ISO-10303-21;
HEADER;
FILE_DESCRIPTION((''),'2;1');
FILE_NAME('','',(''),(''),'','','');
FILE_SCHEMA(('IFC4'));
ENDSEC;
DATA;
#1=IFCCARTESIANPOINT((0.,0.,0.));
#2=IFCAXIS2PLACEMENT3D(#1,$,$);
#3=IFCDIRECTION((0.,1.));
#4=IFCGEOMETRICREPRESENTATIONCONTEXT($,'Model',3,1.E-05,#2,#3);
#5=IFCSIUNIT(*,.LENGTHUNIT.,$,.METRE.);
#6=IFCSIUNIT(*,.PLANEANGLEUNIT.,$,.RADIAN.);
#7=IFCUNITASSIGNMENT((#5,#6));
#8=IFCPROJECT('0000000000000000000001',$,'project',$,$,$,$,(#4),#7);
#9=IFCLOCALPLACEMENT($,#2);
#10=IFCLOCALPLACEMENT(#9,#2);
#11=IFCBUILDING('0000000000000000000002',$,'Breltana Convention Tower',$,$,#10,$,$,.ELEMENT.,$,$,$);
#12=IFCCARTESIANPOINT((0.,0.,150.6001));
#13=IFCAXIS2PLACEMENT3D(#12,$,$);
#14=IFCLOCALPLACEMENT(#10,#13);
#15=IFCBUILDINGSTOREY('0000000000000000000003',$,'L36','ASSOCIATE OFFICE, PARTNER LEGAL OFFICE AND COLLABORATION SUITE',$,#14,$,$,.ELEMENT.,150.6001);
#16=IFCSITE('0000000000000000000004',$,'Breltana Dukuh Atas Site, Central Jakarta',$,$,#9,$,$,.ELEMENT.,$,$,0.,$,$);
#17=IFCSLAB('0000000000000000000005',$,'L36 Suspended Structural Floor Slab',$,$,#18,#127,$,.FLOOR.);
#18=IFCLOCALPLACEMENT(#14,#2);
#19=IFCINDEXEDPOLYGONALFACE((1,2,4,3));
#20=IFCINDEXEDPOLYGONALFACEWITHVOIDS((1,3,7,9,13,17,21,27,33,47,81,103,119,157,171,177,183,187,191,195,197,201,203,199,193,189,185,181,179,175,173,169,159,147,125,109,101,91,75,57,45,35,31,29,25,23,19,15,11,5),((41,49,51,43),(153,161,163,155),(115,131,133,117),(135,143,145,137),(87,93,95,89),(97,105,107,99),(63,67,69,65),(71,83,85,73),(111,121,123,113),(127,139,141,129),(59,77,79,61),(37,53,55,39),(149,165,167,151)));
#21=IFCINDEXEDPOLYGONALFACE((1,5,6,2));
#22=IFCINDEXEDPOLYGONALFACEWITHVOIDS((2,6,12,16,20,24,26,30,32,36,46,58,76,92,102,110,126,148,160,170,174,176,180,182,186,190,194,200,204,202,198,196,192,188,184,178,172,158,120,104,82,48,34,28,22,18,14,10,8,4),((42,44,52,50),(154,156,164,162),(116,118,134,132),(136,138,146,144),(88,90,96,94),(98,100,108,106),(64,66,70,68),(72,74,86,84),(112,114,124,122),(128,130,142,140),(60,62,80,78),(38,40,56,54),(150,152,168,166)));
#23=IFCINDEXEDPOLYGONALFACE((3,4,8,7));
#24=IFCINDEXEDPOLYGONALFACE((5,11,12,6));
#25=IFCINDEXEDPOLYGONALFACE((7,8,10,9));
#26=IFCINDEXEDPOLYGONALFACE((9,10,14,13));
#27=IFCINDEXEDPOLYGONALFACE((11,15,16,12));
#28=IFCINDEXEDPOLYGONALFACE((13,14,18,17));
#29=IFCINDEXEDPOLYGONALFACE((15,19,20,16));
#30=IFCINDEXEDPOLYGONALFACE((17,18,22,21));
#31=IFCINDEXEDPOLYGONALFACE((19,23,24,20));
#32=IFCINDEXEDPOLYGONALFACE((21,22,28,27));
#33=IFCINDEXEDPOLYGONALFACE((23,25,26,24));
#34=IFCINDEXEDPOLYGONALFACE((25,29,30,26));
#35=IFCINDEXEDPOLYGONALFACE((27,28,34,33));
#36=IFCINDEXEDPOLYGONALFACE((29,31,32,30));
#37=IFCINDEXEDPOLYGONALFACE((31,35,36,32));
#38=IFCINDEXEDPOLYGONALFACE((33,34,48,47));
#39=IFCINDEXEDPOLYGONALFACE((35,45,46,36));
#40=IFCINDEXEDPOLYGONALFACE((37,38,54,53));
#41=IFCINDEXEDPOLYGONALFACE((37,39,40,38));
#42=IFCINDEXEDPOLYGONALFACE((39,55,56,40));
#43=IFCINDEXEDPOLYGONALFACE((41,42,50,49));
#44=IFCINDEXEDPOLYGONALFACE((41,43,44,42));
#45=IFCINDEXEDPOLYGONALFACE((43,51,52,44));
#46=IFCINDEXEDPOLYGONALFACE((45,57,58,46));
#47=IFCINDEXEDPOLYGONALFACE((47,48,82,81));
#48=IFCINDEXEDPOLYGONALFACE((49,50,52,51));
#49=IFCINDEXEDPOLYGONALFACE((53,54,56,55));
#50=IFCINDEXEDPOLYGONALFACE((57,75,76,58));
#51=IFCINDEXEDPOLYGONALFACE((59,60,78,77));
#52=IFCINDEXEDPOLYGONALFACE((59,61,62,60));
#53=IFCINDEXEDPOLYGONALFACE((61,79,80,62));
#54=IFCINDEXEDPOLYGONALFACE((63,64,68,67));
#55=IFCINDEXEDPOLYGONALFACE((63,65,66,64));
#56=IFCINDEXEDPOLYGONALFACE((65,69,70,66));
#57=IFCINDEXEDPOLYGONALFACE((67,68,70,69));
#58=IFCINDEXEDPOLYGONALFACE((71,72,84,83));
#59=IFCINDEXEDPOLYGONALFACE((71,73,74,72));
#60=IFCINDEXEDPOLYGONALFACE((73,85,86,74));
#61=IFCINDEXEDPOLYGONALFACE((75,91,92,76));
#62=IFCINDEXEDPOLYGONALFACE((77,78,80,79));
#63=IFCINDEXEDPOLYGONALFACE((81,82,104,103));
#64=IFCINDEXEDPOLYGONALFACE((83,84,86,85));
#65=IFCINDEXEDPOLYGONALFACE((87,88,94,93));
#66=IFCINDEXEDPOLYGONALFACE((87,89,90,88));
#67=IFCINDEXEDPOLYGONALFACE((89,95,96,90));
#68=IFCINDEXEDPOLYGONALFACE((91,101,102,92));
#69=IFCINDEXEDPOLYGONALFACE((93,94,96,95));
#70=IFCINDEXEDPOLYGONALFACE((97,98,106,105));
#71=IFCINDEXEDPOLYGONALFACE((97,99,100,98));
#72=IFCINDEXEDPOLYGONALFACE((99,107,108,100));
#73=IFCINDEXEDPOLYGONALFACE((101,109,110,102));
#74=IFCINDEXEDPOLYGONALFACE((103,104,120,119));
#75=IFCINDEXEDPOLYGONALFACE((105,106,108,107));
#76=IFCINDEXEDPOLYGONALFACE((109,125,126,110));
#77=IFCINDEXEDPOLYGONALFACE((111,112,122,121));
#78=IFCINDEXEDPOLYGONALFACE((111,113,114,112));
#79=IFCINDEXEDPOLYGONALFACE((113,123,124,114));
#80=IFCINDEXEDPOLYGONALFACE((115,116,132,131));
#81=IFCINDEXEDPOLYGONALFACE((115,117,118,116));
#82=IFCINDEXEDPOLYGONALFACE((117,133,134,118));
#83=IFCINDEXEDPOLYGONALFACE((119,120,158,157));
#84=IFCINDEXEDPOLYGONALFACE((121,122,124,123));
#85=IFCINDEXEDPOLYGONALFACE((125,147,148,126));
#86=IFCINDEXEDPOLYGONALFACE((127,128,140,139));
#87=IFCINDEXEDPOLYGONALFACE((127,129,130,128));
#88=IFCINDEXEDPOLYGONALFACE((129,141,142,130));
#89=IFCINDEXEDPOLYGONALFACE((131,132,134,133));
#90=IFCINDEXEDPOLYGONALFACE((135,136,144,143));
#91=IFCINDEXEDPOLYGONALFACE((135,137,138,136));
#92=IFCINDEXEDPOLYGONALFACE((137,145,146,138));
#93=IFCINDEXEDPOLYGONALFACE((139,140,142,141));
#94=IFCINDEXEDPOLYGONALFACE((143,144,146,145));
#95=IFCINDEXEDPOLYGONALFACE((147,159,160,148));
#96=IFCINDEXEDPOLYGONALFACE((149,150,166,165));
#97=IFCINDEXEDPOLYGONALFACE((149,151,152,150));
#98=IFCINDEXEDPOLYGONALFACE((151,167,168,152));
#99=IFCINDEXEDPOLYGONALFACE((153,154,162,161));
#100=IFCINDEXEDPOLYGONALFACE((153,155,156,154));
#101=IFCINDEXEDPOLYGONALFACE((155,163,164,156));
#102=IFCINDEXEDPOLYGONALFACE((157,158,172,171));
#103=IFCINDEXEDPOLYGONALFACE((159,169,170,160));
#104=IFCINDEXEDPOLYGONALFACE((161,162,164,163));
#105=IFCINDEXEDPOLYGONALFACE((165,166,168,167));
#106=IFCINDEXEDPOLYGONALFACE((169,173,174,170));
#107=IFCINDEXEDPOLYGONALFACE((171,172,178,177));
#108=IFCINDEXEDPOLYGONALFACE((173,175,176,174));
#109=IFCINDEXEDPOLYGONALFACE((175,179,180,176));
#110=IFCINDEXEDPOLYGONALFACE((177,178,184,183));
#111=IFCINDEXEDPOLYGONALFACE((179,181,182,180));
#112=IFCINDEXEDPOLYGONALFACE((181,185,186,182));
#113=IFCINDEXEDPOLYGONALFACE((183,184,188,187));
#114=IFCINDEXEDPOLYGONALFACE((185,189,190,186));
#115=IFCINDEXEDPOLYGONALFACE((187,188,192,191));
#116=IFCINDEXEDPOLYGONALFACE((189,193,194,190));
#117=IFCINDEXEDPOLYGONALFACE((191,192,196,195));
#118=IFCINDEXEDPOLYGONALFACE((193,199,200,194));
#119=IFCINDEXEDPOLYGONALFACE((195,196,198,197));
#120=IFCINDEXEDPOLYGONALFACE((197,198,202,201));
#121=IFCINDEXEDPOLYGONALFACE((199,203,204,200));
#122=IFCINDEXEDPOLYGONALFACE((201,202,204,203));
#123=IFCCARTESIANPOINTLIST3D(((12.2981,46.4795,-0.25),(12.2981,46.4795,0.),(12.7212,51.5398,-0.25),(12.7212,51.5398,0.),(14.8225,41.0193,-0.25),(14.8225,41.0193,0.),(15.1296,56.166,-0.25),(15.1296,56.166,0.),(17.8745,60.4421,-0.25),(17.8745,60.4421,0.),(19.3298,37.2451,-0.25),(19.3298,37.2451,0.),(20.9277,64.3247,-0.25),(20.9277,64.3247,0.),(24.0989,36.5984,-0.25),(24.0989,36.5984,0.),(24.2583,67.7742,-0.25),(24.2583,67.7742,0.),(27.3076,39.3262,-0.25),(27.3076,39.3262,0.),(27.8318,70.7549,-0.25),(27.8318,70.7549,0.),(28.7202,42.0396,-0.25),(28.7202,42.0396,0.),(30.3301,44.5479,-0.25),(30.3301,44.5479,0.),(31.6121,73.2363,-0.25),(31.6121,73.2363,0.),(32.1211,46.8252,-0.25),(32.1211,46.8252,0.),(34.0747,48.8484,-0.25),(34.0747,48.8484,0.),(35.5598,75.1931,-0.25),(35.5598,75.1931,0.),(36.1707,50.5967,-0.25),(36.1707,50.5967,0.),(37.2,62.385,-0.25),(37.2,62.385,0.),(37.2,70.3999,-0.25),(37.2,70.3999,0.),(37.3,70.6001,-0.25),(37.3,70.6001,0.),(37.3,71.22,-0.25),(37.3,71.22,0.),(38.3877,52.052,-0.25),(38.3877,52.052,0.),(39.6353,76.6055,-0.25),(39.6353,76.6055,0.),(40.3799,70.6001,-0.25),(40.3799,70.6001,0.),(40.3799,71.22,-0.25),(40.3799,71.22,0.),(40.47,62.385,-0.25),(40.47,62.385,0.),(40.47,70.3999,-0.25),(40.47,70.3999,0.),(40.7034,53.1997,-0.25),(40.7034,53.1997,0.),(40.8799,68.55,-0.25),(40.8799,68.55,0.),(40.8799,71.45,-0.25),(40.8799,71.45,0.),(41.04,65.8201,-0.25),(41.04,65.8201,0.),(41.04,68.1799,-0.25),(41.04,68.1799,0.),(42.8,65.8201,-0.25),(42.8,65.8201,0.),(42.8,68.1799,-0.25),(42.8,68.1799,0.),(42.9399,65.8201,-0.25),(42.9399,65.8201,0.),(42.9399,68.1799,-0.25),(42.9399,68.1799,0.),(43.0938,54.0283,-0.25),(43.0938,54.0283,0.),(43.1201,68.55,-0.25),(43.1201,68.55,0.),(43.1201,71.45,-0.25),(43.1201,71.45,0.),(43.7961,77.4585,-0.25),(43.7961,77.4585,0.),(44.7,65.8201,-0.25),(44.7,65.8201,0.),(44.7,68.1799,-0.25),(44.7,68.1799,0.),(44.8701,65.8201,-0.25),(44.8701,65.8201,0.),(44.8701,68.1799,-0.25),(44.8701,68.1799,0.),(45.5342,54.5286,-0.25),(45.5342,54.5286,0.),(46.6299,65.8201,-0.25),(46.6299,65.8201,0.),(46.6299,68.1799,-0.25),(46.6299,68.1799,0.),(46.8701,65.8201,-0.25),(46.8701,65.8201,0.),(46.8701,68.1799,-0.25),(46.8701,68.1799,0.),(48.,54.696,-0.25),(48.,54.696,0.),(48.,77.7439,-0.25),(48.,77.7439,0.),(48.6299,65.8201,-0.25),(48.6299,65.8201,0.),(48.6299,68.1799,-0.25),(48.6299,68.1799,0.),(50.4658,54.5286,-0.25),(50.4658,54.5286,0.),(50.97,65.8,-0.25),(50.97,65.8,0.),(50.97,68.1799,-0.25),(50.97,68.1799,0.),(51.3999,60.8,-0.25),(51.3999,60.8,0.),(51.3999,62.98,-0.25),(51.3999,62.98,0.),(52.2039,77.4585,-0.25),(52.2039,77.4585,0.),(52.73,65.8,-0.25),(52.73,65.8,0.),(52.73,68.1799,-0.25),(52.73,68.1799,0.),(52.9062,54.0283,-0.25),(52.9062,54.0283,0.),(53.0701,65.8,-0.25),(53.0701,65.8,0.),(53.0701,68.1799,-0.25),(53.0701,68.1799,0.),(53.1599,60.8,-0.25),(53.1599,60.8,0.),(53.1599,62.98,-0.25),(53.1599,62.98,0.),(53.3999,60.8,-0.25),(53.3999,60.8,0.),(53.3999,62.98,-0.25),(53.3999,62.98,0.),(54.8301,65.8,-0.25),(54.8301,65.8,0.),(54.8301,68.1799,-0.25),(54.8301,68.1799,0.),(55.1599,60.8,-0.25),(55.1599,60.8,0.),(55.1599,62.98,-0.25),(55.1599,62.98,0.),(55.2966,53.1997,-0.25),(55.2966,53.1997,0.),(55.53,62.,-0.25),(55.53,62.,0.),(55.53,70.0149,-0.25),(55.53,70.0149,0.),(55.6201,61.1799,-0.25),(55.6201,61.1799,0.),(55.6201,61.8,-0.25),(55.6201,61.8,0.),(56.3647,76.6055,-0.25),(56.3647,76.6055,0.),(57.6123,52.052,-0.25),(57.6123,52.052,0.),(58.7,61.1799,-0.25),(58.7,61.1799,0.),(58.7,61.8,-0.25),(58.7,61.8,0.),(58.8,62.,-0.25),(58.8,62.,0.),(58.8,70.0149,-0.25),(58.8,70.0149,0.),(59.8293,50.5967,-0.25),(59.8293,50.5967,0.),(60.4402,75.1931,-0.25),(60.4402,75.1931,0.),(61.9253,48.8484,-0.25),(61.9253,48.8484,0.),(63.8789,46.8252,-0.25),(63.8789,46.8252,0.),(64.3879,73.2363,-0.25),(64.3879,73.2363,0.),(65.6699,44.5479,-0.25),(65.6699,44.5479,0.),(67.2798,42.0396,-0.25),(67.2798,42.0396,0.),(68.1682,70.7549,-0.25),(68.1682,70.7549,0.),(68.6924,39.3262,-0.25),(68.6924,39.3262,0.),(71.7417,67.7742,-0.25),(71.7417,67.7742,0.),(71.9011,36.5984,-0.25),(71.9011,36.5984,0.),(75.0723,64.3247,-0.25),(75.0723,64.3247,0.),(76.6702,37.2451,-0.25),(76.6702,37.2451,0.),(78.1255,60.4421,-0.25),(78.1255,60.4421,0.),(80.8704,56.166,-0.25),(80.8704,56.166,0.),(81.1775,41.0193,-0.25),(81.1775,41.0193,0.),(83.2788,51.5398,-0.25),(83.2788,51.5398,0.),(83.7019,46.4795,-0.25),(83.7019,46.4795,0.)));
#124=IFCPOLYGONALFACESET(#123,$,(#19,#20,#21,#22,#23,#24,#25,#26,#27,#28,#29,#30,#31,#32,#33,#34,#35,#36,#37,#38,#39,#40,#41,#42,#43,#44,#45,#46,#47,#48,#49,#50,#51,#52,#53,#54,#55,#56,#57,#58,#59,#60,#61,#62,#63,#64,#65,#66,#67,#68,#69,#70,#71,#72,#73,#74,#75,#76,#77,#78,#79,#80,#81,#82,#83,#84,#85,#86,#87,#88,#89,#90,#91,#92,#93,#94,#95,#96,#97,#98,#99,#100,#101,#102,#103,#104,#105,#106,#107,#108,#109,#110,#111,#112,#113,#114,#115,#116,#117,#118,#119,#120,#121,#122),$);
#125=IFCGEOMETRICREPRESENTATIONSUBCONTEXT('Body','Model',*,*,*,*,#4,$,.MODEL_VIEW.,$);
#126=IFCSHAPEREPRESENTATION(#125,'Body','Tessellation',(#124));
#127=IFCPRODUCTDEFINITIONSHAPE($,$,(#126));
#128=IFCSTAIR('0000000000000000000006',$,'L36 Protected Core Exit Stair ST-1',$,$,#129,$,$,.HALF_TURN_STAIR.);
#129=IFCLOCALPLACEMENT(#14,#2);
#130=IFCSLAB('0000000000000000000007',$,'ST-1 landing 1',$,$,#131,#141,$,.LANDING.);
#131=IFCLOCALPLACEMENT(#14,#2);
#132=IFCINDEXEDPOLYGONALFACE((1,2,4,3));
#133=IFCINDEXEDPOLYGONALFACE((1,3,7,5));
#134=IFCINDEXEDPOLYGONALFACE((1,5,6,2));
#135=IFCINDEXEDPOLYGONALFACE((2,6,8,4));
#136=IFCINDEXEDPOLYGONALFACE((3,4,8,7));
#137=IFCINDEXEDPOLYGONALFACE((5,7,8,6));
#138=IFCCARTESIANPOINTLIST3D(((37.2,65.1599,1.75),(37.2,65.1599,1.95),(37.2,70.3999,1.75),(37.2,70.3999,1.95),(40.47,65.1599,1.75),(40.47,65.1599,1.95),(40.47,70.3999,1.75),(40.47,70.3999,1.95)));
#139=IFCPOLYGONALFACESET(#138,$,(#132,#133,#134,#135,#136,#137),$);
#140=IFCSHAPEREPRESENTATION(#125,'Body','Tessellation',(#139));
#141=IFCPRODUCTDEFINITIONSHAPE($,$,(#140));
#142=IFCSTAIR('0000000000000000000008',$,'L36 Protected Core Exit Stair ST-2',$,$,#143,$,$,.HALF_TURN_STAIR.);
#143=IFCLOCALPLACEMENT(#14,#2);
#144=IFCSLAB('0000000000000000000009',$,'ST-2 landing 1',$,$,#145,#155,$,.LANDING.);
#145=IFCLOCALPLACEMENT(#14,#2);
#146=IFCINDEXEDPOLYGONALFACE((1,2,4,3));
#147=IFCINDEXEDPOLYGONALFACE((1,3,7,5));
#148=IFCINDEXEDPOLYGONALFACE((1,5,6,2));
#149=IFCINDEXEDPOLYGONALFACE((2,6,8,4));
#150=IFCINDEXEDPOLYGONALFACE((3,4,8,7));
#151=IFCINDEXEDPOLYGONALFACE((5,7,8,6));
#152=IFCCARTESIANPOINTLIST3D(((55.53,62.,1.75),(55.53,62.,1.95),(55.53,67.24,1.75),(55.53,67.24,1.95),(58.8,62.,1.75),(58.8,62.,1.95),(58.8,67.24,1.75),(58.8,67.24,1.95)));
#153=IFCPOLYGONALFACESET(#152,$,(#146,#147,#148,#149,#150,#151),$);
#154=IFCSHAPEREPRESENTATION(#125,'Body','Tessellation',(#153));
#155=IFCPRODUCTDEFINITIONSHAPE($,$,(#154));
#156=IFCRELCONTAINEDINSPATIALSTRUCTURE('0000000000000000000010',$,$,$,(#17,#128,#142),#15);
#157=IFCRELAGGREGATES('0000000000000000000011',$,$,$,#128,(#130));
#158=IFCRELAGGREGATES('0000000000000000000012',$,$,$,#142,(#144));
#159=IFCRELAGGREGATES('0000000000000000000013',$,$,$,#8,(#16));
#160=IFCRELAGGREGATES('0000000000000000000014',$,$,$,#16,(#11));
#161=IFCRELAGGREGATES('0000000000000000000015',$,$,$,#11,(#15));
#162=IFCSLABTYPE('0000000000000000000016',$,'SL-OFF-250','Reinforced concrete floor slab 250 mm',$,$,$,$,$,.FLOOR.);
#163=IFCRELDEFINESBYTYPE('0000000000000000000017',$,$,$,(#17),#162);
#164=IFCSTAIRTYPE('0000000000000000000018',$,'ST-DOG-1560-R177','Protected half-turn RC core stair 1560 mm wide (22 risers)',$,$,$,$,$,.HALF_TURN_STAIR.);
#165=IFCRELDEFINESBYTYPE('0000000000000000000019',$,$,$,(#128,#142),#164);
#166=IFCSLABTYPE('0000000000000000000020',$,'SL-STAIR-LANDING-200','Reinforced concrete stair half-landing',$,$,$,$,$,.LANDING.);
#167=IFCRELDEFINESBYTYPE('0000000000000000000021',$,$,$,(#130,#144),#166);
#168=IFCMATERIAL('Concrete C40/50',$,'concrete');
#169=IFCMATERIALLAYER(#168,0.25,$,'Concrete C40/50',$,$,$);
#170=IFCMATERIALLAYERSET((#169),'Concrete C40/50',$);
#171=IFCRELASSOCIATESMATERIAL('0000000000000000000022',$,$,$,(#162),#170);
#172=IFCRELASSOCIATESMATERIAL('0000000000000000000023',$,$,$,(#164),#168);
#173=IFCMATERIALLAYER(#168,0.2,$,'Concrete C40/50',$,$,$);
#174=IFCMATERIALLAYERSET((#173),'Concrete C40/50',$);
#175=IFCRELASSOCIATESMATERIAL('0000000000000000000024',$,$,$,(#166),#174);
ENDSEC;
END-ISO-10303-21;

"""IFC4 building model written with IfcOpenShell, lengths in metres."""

from ifc_helpers import new_model, si_unit, direction, frame, origin, place, context, subcontext, project, spatial, polyline, outline, extrude, material, layer, layer_set, type_object, element, aggregate, save


model = new_model("IFC4")

# Units and contexts
model_context = context("Model", 3, precision=1e-05, world=origin(), true_north=direction((0.0, 1.0)))
body_context = subcontext(model_context, "Body", "Model", "MODEL_VIEW")
ifc_project = project(units=[si_unit("LENGTHUNIT", "METRE"), si_unit("PLANEANGLEUNIT", "RADIAN")], contexts=[model_context])

# Site, building, storey
site_placement = place(None, origin())
site = spatial("IfcSite", under=ifc_project, at=site_placement, Name="Breltana Dukuh Atas Site, Central Jakarta", CompositionType="ELEMENT", RefElevation=0.0)
building_placement = place(site_placement, origin())
building = spatial("IfcBuilding", under=site, at=building_placement, Name="Breltana Convention Tower", CompositionType="ELEMENT")
storey_placement = place(building_placement, frame((0.0, 0.0, 150.6001)))
storey = spatial("IfcBuildingStorey", under=building, at=storey_placement, Name="L36", Description="ASSOCIATE OFFICE, PARTNER LEGAL OFFICE AND COLLABORATION SUITE", CompositionType="ELEMENT", Elevation=150.6001)

# Slab
ifc_material_1 = material(Name="Concrete C40/50", Category="concrete")
ifc_layer_1 = layer(ifc_material_1, 0.25, Name="Concrete C40/50")
ifc_layer_set_1 = layer_set([ifc_layer_1], Name="Concrete C40/50")
slab_type_1 = type_object("IfcSlabType", Name="SL-OFF-250", Description="Reinforced concrete floor slab 250 mm", PredefinedType="FLOOR", material=ifc_layer_set_1)
slab_1_placement = place(storey_placement, frame((0.0, 0.0, -0.25)))
element("IfcSlab", 1, at=slab_1_placement, inside=storey, type_object=slab_type_1, Name="L36 Suspended Structural Floor Slab", PredefinedType="FLOOR", context=body_context, shape_type="SweptSolid", body=[
    extrude(outline(polyline([(83.2788, 51.5398), (80.8704, 56.166), (78.1255, 60.4421), (75.0723, 64.3247), (71.7417, 67.7742), (68.1682, 70.7549), (64.3879, 73.2363), (60.4402, 75.1931), (56.3647, 76.6055), (52.2039, 77.4585), (48.0, 77.7439), (43.7961, 77.4585), (39.6353, 76.6055), (35.5598, 75.1931), (31.6121, 73.2363), (27.8318, 70.7549), (24.2583, 67.7742), (20.9277, 64.3247), (17.8745, 60.4421), (15.1296, 56.166), (12.7212, 51.5398), (12.2981, 46.4795), (14.8225, 41.0193), (19.3298, 37.2451), (24.0989, 36.5984), (27.3076, 39.3262), (28.7202, 42.0396), (30.3301, 44.5479), (32.1211, 46.8252), (34.0747, 48.8484), (36.1707, 50.5967), (38.3877, 52.052), (40.7034, 53.1997), (43.0938, 54.0283), (45.5342, 54.5286), (48.0, 54.696), (50.4658, 54.5286), (52.9062, 54.0283), (55.2966, 53.1997), (57.6123, 52.052), (59.8293, 50.5967), (61.9253, 48.8484), (63.8789, 46.8252), (65.6699, 44.5479), (67.2798, 42.0396), (68.6924, 39.3262), (71.9011, 36.5984), (76.6702, 37.2451), (81.1775, 41.0193), (83.7019, 46.4795), (83.2788, 51.5398)]), holes=[polyline([(37.2, 62.385), (40.47, 62.385), (40.47, 70.3999), (37.2, 70.3999), (37.2, 62.385)]), polyline([(55.53, 62.0), (58.8, 62.0), (58.8, 70.0149), (55.53, 70.0149), (55.53, 62.0)]), polyline([(51.3999, 60.8), (53.1599, 60.8), (53.1599, 62.98), (51.3999, 62.98), (51.3999, 60.8)]), polyline([(53.3999, 60.8), (55.1599, 60.8), (55.1599, 62.98), (53.3999, 62.98), (53.3999, 60.8)]), polyline([(41.04, 65.8201), (42.8, 65.8201), (42.8, 68.1799), (41.04, 68.1799), (41.04, 65.8201)]), polyline([(42.9399, 65.8201), (44.7, 65.8201), (44.7, 68.1799), (42.9399, 68.1799), (42.9399, 65.8201)]), polyline([(44.8701, 65.8201), (46.6299, 65.8201), (46.6299, 68.1799), (44.8701, 68.1799), (44.8701, 65.8201)]), polyline([(46.8701, 65.8201), (48.6299, 65.8201), (48.6299, 68.1799), (46.8701, 68.1799), (46.8701, 65.8201)]), polyline([(50.97, 65.8), (52.73, 65.8), (52.73, 68.1799), (50.97, 68.1799), (50.97, 65.8)]), polyline([(53.0701, 65.8), (54.8301, 65.8), (54.8301, 68.1799), (53.0701, 68.1799), (53.0701, 65.8)]), polyline([(40.8799, 68.55), (43.1201, 68.55), (43.1201, 71.45), (40.8799, 71.45), (40.8799, 68.55)]), polyline([(37.3, 70.6001), (40.3799, 70.6001), (40.3799, 71.22), (37.3, 71.22), (37.3, 70.6001)]), polyline([(55.6201, 61.1799), (58.7, 61.1799), (58.7, 61.8), (55.6201, 61.8), (55.6201, 61.1799)])]), origin(), (0.0, 0.0, 1.0), 0.25),
])

# Stairs, slabs
stair_type = type_object("IfcStairType", Name="ST-DOG-1560-R177", Description="Protected half-turn RC core stair 1560 mm wide (22 risers)", PredefinedType="HALF_TURN_STAIR", material=ifc_material_1)
stair_1_placement = place(storey_placement, origin())
stair_1 = element("IfcStair", 2, at=stair_1_placement, inside=storey, type_object=stair_type, Name="L36 Protected Core Exit Stair ST-1", PredefinedType="HALF_TURN_STAIR")
ifc_layer_2 = layer(ifc_material_1, 0.2, Name="Concrete C40/50")
ifc_layer_set_2 = layer_set([ifc_layer_2], Name="Concrete C40/50")
slab_type_2 = type_object("IfcSlabType", Name="SL-STAIR-LANDING-200", Description="Reinforced concrete stair half-landing", PredefinedType="LANDING", material=ifc_layer_set_2)
slab_2_placement = place(storey_placement, frame((0.0, 0.0, 1.75)))
slab_2 = element("IfcSlab", 3, at=slab_2_placement, type_object=slab_type_2, Name="ST-1 landing 1", PredefinedType="LANDING", context=body_context, shape_type="SweptSolid", body=[
    extrude(outline(polyline([(40.47, 65.1599), (40.47, 70.3999), (37.2, 70.3999), (37.2, 65.1599), (40.47, 65.1599)])), origin(), (0.0, 0.0, 1.0), 0.2),
])
aggregate(stair_1, [slab_2])
stair_2_placement = place(storey_placement, origin())
stair_2 = element("IfcStair", 4, at=stair_2_placement, inside=storey, type_object=stair_type, Name="L36 Protected Core Exit Stair ST-2", PredefinedType="HALF_TURN_STAIR")
slab_3_placement = place(storey_placement, frame((0.0, 0.0, 1.75)))
slab_3 = element("IfcSlab", 5, at=slab_3_placement, type_object=slab_type_2, Name="ST-2 landing 1", PredefinedType="LANDING", context=body_context, shape_type="SweptSolid", body=[
    extrude(outline(polyline([(55.53, 67.24), (55.53, 62.0), (58.8, 62.0), (58.8, 67.24), (55.53, 67.24)])), origin(), (0.0, 0.0, 1.0), 0.2),
])
aggregate(stair_2, [slab_3])

save(model, "model.ifc")
